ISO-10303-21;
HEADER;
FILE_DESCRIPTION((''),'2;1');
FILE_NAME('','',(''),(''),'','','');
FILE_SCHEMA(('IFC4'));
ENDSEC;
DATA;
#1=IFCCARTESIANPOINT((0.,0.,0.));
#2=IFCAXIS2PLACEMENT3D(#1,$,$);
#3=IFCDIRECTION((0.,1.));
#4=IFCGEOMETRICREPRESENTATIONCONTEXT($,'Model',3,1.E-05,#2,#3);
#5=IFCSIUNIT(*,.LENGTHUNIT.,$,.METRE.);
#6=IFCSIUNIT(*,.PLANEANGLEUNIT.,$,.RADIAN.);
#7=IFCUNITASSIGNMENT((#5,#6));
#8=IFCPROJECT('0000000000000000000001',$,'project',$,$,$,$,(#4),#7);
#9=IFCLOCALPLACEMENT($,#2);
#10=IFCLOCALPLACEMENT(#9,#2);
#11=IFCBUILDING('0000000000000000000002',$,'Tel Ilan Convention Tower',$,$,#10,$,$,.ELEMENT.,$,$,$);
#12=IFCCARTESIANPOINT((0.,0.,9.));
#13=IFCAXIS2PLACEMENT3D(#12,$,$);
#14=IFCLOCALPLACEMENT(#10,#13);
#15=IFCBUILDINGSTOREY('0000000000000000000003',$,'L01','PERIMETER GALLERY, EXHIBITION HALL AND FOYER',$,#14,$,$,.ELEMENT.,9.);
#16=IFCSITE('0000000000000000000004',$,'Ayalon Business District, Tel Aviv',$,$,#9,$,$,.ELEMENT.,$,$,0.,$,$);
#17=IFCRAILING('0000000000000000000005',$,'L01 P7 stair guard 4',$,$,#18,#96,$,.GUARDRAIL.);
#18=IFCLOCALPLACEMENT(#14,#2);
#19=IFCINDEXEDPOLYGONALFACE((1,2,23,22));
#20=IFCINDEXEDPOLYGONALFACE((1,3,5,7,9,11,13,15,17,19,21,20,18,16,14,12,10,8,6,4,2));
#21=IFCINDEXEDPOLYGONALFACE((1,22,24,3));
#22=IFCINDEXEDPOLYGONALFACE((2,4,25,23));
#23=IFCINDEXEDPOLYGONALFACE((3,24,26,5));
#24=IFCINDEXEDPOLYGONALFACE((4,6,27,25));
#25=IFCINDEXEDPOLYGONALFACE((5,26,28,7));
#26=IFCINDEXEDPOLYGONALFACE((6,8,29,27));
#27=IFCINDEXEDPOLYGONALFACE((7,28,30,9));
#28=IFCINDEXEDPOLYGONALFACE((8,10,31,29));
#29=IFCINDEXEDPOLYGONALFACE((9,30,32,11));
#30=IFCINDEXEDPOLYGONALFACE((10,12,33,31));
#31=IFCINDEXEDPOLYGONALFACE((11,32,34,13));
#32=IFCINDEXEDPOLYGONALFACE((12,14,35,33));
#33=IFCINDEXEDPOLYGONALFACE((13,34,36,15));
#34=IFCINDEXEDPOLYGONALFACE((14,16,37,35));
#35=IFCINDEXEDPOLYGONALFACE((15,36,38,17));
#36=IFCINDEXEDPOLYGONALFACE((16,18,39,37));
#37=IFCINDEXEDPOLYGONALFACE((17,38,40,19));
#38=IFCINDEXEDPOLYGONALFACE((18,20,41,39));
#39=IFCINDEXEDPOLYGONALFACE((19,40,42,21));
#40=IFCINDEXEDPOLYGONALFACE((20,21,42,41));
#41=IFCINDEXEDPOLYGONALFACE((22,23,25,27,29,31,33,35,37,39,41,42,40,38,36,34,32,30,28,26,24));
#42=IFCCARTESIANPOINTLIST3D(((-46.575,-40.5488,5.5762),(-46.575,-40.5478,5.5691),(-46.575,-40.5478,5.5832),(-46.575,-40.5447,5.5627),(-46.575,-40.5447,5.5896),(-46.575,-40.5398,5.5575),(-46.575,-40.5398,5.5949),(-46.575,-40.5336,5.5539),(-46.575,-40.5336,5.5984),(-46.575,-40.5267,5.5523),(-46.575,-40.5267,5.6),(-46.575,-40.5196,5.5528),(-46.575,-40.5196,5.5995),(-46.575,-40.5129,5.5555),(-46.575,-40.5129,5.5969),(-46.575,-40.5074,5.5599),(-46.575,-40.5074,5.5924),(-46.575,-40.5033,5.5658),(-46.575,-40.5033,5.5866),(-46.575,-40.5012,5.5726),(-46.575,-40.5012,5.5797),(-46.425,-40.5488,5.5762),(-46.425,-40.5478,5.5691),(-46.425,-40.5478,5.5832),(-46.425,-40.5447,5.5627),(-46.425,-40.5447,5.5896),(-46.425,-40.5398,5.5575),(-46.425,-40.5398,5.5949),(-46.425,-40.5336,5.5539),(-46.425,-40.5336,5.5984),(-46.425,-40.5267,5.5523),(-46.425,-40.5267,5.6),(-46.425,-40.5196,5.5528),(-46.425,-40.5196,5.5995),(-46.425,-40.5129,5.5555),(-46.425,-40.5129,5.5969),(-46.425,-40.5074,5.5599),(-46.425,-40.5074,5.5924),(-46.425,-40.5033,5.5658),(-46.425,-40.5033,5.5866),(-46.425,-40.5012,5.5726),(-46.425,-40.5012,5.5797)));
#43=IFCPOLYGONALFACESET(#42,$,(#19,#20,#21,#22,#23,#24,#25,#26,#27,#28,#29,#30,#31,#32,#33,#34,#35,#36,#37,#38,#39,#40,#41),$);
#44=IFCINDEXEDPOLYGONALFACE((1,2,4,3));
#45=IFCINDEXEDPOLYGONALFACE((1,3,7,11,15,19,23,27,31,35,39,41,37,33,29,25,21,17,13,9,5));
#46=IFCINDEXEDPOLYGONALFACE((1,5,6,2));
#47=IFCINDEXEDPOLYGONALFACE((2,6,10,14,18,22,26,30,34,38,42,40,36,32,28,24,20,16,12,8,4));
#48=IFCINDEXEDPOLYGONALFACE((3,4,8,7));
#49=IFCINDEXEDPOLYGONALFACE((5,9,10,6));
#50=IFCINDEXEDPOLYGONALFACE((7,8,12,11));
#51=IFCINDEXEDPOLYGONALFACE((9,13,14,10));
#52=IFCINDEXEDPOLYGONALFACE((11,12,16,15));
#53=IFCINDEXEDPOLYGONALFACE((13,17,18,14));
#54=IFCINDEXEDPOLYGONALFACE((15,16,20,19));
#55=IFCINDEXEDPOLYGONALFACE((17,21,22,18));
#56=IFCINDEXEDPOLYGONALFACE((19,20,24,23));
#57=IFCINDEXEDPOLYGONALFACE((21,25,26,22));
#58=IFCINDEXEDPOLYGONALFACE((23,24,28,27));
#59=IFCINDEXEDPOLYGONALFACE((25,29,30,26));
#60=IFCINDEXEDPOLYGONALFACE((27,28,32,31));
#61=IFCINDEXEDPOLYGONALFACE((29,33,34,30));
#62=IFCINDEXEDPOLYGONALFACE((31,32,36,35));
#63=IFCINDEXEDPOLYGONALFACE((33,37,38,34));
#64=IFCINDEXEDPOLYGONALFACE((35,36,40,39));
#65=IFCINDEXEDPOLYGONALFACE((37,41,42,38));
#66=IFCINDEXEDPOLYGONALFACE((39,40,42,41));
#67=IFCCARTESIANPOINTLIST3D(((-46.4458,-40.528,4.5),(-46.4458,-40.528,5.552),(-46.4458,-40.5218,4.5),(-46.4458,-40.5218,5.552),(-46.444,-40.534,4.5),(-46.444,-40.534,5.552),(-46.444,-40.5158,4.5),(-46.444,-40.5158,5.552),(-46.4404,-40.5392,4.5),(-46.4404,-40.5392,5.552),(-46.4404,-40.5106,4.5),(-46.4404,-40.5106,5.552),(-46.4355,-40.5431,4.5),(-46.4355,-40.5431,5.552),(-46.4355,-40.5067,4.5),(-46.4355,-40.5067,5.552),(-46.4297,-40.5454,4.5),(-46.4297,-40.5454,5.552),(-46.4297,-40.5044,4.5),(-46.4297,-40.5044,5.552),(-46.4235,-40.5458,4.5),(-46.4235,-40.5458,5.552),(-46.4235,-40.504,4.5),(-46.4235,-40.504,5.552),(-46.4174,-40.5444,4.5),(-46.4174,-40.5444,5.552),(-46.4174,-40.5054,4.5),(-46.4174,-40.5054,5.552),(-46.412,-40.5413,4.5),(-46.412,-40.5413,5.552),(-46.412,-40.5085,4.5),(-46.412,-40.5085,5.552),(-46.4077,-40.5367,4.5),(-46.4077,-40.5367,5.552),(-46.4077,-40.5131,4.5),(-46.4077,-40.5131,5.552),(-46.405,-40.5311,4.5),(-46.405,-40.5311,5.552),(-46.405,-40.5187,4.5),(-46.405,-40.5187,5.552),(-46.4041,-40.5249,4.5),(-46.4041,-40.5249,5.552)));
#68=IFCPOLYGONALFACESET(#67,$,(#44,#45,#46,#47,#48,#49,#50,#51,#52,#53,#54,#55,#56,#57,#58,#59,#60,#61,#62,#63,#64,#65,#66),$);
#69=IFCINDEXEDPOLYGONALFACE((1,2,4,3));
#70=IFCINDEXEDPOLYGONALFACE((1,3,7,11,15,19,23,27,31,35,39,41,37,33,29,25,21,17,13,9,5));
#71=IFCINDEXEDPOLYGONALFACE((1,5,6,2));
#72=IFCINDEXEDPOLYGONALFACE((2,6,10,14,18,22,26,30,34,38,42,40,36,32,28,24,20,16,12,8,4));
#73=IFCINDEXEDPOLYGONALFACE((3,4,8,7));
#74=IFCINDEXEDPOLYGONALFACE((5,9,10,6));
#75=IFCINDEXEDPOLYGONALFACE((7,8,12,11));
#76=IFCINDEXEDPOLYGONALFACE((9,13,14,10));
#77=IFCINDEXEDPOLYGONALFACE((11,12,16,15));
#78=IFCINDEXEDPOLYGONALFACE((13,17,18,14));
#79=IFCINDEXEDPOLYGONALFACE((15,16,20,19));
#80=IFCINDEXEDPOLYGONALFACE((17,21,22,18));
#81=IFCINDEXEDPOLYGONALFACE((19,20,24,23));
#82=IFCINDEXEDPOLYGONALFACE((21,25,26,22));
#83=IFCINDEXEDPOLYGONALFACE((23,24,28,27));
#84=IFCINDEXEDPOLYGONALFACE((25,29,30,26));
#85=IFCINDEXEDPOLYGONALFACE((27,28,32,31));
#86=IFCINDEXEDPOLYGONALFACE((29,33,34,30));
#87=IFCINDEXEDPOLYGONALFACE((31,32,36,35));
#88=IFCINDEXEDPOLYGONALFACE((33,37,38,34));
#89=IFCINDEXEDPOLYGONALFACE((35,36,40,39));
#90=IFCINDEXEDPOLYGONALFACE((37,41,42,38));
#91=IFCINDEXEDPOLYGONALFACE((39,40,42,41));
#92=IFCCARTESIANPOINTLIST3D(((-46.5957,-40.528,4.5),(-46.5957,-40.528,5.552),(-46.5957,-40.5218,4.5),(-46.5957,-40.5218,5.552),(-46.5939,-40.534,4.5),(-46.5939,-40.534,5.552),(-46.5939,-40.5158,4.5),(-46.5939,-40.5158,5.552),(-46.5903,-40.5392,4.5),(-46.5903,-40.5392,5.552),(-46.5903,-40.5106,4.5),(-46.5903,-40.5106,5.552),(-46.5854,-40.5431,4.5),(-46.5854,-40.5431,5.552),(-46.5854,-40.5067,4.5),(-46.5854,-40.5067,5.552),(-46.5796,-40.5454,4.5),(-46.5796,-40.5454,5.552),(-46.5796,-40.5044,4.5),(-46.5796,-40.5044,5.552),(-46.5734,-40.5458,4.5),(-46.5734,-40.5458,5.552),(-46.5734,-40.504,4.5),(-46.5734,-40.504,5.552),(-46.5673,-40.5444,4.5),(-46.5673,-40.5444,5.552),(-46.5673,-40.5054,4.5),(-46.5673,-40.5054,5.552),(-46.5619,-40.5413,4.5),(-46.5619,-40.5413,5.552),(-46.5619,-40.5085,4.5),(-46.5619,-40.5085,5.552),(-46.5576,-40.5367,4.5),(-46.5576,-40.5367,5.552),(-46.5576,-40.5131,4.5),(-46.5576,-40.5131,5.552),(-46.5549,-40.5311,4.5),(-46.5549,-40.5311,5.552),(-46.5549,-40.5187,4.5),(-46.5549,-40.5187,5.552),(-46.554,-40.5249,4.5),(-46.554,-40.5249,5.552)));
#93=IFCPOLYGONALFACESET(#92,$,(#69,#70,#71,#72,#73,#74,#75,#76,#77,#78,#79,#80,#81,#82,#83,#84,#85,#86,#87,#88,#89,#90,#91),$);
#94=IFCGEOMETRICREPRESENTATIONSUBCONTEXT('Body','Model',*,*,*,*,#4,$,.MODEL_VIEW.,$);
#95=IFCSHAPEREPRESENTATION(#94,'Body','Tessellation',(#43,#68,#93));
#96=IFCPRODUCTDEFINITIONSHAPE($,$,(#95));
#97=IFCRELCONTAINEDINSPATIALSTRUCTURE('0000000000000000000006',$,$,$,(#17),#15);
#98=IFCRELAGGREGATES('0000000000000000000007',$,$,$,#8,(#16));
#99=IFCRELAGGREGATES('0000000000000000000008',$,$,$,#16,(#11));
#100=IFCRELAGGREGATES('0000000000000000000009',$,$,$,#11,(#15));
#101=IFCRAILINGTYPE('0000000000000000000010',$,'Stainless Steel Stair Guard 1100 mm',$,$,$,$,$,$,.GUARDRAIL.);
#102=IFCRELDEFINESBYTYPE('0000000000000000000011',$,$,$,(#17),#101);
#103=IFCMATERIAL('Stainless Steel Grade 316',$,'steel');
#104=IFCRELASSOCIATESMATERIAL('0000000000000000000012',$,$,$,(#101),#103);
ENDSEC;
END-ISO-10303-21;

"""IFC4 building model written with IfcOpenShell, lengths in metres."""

from ifc_helpers import new_model, si_unit, direction, frame, origin, origin_2d, place, context, subcontext, project, spatial, circle, extrude, material, type_object, element, save


model = new_model("IFC4")

# Units and contexts
model_context = context("Model", 3, precision=1e-05, world=origin(), true_north=direction((0.0, 1.0)))
body_context = subcontext(model_context, "Body", "Model", "MODEL_VIEW")
ifc_project = project(units=[si_unit("LENGTHUNIT", "METRE"), si_unit("PLANEANGLEUNIT", "RADIAN")], contexts=[model_context])

# Site, building, storey
site_placement = place(None, origin())
site = spatial("IfcSite", under=ifc_project, at=site_placement, Name="Ayalon Business District, Tel Aviv", CompositionType="ELEMENT", RefElevation=0.0)
building_placement = place(site_placement, origin())
building = spatial("IfcBuilding", under=site, at=building_placement, Name="Tel Ilan Convention Tower", CompositionType="ELEMENT")
storey_placement = place(building_placement, frame((0.0, 0.0, 9.0)))
storey = spatial("IfcBuildingStorey", under=building, at=storey_placement, Name="L01", Description="PERIMETER GALLERY, EXHIBITION HALL AND FOYER", CompositionType="ELEMENT", Elevation=9.0)

# Railing
ifc_material_1 = material(Name="Stainless Steel Grade 316", Category="steel")
railing_type_1 = type_object("IfcRailingType", Name="Stainless Steel Stair Guard 1100 mm", PredefinedType="GUARDRAIL", material=ifc_material_1)
railing_1_placement = place(storey_placement, frame((-46.425, -40.5249, 4.5)))
element("IfcRailing", 1, at=railing_1_placement, inside=storey, type_object=railing_type_1, Name="L01 P7 stair guard 4", PredefinedType="GUARDRAIL", context=body_context, shape_type="SweptSolid", body=[
    extrude(circle(Radius=0.0239, at=origin_2d()), frame((0.0, 0.0, 1.0762), z_axis=(-1.0, 0.0, 0.0), x_axis=(0.0, -1.0, 0.0)), (0.0, 0.0, 1.0), 0.1499),
    extrude(circle(Radius=0.021, at=origin_2d()), origin(), (0.0, 0.0, 1.0), 1.052),
    extrude(circle(Radius=0.021, at=origin_2d()), frame((-0.1499, 0.0, 0.0)), (0.0, 0.0, 1.0), 1.052),
])

save(model, "model.ifc")
